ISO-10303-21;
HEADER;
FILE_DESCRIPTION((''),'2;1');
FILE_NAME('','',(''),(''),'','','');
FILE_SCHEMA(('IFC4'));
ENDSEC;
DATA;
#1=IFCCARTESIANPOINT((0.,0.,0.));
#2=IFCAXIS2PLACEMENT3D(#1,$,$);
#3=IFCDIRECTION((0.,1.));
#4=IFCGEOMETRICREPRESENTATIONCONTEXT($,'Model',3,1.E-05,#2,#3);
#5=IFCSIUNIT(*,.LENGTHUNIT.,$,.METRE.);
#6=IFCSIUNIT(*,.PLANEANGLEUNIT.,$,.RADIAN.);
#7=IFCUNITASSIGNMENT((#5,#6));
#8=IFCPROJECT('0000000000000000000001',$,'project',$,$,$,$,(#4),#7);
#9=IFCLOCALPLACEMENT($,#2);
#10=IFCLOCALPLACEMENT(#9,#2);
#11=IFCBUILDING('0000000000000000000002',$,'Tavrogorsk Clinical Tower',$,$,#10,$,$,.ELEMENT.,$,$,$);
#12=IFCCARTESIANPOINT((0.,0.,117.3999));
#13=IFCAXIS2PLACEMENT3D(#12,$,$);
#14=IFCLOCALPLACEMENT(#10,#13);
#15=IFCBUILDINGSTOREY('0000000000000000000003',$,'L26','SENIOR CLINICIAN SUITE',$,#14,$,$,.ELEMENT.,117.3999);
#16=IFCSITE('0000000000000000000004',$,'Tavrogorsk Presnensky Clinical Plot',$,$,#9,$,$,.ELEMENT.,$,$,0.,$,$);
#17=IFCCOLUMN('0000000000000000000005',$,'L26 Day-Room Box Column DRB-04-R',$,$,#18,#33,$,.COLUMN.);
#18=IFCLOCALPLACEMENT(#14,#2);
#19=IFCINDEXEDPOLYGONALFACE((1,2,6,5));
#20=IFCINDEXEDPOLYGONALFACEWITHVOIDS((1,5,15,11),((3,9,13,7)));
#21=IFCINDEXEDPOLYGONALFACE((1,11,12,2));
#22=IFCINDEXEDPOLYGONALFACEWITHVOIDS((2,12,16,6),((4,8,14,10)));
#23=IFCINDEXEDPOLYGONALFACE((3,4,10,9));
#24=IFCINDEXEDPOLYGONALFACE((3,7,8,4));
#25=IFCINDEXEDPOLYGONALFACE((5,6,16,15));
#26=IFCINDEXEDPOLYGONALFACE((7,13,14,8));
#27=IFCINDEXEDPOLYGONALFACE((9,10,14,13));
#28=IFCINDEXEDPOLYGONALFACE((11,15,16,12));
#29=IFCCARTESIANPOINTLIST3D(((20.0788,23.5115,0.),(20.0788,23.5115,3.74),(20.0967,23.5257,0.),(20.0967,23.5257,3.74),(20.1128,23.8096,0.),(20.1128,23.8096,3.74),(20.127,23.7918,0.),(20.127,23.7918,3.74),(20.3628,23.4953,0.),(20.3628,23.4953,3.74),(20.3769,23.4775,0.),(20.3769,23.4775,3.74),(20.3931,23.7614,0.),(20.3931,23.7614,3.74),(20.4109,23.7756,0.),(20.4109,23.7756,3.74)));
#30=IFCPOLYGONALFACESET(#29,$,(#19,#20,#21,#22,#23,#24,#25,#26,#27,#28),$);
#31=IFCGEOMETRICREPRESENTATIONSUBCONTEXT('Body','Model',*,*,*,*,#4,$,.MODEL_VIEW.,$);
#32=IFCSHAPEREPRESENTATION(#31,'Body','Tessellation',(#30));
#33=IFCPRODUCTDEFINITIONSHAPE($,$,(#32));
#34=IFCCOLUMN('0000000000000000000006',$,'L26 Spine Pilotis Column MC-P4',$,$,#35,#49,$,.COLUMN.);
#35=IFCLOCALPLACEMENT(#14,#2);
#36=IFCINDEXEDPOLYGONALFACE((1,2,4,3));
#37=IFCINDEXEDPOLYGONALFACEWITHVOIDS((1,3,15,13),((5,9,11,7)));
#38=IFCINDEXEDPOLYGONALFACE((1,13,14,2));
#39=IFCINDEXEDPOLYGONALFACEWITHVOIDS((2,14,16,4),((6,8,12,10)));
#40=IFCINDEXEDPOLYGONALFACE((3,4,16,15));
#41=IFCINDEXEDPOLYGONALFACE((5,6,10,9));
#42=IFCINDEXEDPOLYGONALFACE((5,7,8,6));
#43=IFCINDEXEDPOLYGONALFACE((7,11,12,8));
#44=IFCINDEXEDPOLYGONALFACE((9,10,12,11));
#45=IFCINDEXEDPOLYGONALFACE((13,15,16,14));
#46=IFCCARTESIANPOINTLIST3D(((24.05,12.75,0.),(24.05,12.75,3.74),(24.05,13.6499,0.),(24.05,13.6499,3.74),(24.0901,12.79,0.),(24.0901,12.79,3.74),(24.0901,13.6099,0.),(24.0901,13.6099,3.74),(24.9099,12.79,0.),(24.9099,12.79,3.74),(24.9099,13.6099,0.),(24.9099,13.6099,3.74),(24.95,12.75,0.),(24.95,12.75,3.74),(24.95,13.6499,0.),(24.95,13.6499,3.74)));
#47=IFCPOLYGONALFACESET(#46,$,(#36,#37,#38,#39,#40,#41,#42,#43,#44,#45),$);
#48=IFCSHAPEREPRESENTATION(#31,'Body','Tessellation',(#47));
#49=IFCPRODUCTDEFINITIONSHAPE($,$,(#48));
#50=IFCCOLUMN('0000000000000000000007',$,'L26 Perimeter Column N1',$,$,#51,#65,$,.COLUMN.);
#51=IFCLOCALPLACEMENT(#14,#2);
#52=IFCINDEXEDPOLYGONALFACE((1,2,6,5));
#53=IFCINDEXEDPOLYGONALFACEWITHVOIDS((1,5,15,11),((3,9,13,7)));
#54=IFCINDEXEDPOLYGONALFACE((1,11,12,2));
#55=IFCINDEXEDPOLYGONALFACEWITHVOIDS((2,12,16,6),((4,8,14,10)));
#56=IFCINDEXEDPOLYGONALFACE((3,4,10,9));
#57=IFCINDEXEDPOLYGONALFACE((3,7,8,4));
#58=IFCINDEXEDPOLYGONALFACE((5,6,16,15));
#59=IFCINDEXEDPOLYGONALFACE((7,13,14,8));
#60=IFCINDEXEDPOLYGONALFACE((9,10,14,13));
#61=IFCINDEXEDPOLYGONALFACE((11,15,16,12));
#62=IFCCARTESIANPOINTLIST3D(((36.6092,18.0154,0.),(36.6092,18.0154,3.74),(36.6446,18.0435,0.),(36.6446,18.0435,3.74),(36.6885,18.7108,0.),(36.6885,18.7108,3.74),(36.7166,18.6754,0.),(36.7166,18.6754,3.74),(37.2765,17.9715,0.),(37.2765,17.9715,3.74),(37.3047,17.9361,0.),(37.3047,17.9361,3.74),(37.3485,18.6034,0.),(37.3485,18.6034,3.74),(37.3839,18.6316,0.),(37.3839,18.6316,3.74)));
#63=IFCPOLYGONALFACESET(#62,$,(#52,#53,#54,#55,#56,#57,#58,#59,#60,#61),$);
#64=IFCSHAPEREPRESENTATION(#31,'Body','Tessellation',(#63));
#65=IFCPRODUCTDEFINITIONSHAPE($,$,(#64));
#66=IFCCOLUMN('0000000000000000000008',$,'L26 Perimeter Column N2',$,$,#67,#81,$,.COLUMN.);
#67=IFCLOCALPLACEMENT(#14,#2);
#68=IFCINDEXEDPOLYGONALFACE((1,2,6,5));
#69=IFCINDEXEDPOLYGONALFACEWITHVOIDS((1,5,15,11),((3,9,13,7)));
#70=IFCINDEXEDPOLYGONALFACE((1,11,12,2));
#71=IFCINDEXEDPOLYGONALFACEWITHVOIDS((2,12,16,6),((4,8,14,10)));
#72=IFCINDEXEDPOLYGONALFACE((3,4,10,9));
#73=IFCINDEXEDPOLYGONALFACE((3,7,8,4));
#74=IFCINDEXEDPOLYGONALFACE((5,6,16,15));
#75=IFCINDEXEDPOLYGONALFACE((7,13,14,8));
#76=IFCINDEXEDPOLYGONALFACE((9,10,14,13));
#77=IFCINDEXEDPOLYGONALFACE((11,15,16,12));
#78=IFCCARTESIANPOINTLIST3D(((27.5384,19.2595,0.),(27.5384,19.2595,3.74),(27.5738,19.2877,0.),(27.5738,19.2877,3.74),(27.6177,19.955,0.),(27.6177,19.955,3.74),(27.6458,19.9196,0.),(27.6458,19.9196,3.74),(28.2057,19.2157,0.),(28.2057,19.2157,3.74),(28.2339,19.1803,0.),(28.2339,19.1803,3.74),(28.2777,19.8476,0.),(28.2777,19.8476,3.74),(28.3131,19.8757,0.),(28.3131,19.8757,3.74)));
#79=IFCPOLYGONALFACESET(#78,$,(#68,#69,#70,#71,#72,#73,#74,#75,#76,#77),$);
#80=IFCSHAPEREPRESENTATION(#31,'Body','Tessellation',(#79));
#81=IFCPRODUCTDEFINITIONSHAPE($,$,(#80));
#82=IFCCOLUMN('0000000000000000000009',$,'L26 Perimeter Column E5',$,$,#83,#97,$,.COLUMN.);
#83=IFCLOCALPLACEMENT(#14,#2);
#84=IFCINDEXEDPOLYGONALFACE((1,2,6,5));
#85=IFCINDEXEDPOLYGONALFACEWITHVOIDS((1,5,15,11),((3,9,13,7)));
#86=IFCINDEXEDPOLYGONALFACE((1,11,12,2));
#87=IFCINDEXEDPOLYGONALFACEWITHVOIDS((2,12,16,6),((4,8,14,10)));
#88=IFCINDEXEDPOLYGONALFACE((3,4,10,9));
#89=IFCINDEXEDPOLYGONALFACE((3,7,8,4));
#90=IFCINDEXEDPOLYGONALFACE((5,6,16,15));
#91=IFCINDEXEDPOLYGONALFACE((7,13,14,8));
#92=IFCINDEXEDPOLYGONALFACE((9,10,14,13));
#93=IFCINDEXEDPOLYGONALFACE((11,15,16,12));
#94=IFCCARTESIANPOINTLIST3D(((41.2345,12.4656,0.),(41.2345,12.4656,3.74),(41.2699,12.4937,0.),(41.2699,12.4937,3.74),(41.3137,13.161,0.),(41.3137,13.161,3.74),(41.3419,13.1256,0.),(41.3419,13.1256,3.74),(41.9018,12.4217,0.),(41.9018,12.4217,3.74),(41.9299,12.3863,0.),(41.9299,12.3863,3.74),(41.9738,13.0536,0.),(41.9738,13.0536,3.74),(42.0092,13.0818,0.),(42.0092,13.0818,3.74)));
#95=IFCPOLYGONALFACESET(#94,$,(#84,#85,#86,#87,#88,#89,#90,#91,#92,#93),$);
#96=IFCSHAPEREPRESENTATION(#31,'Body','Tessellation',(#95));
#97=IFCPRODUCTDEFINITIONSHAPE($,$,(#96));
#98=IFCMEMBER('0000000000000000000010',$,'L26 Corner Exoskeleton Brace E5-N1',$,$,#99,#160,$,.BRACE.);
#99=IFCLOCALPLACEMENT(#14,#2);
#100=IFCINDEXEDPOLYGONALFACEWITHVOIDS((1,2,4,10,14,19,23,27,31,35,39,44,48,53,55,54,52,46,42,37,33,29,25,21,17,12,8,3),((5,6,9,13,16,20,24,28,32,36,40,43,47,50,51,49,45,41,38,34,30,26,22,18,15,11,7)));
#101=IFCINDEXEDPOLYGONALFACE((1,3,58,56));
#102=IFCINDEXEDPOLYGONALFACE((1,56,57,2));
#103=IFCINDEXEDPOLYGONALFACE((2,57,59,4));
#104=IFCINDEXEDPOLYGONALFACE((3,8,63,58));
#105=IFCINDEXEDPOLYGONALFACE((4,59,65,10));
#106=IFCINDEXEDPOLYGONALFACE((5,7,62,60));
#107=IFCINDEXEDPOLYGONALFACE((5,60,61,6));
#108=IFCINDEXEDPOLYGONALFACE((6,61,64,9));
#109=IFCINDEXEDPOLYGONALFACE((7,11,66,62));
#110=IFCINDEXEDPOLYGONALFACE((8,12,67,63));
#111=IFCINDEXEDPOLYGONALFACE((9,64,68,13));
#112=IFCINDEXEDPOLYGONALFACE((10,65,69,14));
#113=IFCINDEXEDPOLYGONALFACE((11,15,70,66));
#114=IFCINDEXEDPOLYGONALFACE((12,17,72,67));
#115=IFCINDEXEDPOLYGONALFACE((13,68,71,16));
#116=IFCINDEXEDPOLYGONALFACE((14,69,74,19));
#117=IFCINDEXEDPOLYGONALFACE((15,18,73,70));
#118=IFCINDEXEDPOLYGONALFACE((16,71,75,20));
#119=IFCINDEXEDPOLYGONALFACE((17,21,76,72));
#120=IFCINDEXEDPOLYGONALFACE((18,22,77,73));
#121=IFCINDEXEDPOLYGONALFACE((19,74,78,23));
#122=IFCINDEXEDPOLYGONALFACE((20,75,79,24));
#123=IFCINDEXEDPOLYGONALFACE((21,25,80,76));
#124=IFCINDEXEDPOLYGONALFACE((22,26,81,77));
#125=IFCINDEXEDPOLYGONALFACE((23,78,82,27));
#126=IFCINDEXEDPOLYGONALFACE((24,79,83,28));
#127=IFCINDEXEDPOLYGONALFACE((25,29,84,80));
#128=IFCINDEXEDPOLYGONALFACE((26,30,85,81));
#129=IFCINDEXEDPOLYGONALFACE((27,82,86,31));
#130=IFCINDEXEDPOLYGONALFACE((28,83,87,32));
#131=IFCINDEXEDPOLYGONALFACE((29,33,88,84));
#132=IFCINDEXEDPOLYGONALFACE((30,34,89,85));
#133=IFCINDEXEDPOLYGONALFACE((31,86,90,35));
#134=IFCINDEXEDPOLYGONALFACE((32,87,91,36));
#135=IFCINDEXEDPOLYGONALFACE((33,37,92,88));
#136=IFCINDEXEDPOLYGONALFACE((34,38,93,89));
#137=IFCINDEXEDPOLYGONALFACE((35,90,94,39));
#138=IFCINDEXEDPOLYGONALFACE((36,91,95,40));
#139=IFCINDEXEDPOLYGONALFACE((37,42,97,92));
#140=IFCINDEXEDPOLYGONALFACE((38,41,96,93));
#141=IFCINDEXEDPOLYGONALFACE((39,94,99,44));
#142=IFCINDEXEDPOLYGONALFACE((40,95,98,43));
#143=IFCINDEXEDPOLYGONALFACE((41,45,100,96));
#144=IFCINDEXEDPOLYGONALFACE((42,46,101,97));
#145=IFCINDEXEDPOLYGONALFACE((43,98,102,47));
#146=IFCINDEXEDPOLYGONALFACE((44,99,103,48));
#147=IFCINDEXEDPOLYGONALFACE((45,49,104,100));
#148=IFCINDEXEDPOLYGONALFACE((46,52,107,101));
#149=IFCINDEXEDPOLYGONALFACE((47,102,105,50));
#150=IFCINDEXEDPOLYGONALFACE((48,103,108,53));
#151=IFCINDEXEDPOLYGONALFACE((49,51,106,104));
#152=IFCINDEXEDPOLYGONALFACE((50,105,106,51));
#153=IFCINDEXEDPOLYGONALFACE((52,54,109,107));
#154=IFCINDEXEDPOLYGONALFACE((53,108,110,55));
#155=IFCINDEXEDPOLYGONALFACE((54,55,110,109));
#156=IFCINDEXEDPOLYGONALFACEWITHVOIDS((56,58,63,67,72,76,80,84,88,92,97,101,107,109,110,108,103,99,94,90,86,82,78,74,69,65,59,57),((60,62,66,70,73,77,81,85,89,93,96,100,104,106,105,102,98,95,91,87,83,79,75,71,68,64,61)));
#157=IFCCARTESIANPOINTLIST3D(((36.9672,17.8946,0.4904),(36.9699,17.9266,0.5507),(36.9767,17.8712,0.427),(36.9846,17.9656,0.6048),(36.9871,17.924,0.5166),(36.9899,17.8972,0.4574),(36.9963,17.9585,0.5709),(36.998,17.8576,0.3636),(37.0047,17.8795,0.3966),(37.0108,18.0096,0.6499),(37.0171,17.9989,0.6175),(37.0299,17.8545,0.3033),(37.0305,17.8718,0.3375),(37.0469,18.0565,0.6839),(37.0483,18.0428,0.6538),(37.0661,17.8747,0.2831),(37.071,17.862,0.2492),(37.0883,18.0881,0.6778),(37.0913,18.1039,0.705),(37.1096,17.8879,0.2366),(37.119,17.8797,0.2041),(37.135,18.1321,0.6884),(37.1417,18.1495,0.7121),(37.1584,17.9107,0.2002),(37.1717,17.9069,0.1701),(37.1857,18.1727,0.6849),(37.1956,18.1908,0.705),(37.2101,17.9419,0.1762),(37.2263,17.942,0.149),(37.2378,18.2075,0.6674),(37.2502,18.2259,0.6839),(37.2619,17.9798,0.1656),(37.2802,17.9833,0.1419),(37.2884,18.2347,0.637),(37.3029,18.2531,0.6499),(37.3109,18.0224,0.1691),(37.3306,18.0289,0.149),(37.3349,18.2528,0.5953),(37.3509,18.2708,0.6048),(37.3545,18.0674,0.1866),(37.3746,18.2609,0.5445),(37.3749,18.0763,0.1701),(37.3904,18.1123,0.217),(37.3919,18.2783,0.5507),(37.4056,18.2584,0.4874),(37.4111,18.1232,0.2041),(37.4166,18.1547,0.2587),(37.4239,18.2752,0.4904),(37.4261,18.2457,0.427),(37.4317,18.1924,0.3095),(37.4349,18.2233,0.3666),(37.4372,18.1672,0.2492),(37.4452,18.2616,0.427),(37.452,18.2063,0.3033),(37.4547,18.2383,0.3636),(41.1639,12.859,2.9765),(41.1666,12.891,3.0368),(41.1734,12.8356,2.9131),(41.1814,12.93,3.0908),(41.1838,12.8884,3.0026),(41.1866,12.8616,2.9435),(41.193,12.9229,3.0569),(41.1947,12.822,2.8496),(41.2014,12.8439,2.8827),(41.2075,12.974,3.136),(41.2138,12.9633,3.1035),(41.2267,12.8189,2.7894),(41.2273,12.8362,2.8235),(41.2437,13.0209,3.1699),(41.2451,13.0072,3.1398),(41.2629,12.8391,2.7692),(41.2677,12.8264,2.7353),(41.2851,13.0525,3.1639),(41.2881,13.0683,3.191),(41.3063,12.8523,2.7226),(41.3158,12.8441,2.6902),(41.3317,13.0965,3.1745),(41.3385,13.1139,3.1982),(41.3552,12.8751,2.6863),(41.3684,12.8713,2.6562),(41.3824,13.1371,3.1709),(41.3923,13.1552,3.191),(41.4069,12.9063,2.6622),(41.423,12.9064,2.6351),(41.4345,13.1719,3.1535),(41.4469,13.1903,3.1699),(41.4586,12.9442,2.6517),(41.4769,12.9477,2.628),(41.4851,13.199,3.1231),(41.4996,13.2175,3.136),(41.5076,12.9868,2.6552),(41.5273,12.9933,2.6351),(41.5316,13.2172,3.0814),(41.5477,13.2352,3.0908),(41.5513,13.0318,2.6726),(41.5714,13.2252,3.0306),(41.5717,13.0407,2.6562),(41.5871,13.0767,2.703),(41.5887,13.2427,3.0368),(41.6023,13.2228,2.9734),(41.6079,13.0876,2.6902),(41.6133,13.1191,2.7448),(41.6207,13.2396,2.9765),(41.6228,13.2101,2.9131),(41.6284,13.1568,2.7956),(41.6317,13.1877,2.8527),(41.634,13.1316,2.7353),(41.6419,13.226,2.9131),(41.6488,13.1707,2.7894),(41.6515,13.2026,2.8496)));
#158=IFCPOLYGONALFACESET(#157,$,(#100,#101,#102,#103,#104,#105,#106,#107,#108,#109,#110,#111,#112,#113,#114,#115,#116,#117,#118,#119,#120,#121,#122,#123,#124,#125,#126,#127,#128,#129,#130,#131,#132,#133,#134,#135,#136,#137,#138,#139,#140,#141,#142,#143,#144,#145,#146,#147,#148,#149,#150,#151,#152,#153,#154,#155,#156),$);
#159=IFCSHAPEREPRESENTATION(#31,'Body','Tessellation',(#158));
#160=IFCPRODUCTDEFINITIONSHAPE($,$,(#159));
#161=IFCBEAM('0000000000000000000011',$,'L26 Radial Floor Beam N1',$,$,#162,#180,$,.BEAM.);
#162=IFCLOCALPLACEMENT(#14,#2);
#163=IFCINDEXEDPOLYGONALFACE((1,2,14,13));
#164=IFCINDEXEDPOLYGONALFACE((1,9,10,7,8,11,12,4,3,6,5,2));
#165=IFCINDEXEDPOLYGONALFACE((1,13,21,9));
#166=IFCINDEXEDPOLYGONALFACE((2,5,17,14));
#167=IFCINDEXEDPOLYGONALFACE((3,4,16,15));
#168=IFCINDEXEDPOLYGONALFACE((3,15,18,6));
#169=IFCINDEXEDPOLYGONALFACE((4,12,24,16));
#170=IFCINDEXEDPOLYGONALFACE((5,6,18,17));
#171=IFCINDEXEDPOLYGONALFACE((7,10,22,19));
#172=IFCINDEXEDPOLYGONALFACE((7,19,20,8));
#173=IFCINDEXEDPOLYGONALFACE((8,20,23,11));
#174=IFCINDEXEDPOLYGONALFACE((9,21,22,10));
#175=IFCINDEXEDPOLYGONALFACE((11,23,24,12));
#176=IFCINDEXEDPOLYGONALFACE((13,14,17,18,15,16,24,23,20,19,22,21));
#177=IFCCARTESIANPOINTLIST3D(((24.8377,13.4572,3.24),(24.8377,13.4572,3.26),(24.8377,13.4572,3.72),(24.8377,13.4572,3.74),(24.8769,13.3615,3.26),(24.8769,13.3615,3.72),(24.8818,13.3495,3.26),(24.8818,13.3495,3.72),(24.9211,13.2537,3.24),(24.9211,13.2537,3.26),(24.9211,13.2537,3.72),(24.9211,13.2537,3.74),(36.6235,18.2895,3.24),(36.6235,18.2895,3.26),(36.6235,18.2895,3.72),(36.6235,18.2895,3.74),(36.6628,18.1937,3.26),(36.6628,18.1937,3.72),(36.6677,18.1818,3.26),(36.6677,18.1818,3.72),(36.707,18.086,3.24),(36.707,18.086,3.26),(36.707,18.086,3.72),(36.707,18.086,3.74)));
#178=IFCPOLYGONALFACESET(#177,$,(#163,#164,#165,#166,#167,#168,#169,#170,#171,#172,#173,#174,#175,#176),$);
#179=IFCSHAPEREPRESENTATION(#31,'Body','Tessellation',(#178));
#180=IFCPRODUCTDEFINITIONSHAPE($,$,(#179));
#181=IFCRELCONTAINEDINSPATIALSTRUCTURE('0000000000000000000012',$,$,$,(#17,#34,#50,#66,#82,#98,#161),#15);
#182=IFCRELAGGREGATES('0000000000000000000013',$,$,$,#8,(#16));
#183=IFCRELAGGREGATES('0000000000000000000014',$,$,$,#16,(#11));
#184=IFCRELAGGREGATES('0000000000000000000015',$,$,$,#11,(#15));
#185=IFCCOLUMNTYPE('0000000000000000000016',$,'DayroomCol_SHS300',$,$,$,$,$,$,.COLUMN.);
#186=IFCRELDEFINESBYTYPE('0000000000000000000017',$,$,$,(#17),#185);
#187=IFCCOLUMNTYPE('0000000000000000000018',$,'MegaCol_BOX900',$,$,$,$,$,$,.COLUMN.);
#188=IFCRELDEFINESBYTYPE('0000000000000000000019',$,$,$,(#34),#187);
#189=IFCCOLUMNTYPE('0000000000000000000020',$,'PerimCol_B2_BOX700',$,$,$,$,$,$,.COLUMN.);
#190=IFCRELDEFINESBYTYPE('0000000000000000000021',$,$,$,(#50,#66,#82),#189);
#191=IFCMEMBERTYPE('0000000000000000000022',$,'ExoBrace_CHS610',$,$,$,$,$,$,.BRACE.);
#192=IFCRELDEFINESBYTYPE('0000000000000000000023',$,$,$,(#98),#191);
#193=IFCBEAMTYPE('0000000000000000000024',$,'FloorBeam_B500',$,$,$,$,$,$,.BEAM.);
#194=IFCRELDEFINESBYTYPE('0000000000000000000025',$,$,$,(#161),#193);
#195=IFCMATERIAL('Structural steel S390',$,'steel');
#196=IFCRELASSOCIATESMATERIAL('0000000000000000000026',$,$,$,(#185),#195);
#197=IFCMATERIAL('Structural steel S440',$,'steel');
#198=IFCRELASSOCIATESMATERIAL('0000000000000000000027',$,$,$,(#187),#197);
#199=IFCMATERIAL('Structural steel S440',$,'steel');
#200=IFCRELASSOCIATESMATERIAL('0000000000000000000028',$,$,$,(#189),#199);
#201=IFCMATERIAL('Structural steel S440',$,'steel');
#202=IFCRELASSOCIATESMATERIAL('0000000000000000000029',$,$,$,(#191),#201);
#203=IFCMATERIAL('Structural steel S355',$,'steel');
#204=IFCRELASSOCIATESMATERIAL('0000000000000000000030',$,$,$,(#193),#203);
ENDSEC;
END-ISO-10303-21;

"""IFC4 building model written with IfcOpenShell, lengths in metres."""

from ifc_helpers import new_model, si_unit, direction, frame, origin, origin_2d, place, context, subcontext, project, spatial, hollow_rectangle, hollow_circle, i_section, extrude, material, material_profile, profile_set, type_object, element, save


model = new_model("IFC4")

# Units and contexts
model_context = context("Model", 3, precision=1e-05, world=origin(), true_north=direction((0.0, 1.0)))
body_context = subcontext(model_context, "Body", "Model", "MODEL_VIEW")
ifc_project = project(units=[si_unit("LENGTHUNIT", "METRE"), si_unit("PLANEANGLEUNIT", "RADIAN")], contexts=[model_context])

# Site, building, storey
site_placement = place(None, origin())
site = spatial("IfcSite", under=ifc_project, at=site_placement, Name="Tavrogorsk Presnensky Clinical Plot", CompositionType="ELEMENT", RefElevation=0.0)
building_placement = place(site_placement, origin())
building = spatial("IfcBuilding", under=site, at=building_placement, Name="Tavrogorsk Clinical Tower", CompositionType="ELEMENT")
storey_placement = place(building_placement, frame((0.0, 0.0, 117.3999)))
storey = spatial("IfcBuildingStorey", under=building, at=storey_placement, Name="L26", Description="SENIOR CLINICIAN SUITE", CompositionType="ELEMENT", Elevation=117.3999)

# Columns
ifc_material_1 = material(Name="Structural steel S390", Category="steel")
ifc_material_profile_1 = material_profile(ifc_material_1, hollow_rectangle(XDim=0.3, YDim=0.3, WallThickness=0.0161, at=origin_2d()), Name="SHS-300x300x16")
ifc_profile_set_1 = profile_set([ifc_material_profile_1], Name="Structural steel S390")
column_type_1 = type_object("IfcColumnType", Name="DayroomCol_SHS300", PredefinedType="COLUMN", material=ifc_profile_set_1)
column_1_placement = place(storey_placement, frame((20.2449, 23.6436, 0.0), z_axis=(0.0, 0.0, 1.0), x_axis=(0.993572, -0.113203, 0.0)))
element("IfcColumn", 1, at=column_1_placement, inside=storey, type_object=column_type_1, Name="L26 Day-Room Box Column DRB-04-R", PredefinedType="COLUMN", context=body_context, shape_type="SweptSolid", body=[
    extrude(hollow_rectangle(XDim=0.3, YDim=0.3, WallThickness=0.0161, at=origin_2d()), origin(), (0.0, 0.0, 1.0), 3.74),
])
ifc_material_2 = material(Name="Structural steel S440", Category="steel")
ifc_material_profile_2 = material_profile(ifc_material_2, hollow_rectangle(XDim=0.8999, YDim=0.8999, WallThickness=0.04, at=origin_2d()), Name="BOX-900x900x40")
ifc_profile_set_2 = profile_set([ifc_material_profile_2], Name="Structural steel S440")
column_type_2 = type_object("IfcColumnType", Name="MegaCol_BOX900", PredefinedType="COLUMN", material=ifc_profile_set_2)
column_2_placement = place(storey_placement, frame((24.5, 13.2, 0.0), z_axis=(0.0, 0.0, 1.0), x_axis=(1.0, 0.0, 0.0)))
element("IfcColumn", 2, at=column_2_placement, inside=storey, type_object=column_type_2, Name="L26 Spine Pilotis Column MC-P4", PredefinedType="COLUMN", context=body_context, shape_type="SweptSolid", body=[
    extrude(hollow_rectangle(XDim=0.8999, YDim=0.8999, WallThickness=0.04, at=origin_2d()), origin(), (0.0, 0.0, 1.0), 3.74),
])
ifc_material_3 = material(Name="Structural steel S440", Category="steel")
ifc_material_profile_3 = material_profile(ifc_material_3, hollow_rectangle(XDim=0.7, YDim=0.7, WallThickness=0.032, at=origin_2d()), Name="BOX-700x700x32")
ifc_profile_set_3 = profile_set([ifc_material_profile_3], Name="Structural steel S440")
column_type_3 = type_object("IfcColumnType", Name="PerimCol_B2_BOX700", PredefinedType="COLUMN", material=ifc_profile_set_3)
for number, where, z_axis, x_axis, name in (
    (3, (36.9966, 18.3235, 0.0), (0.0, 0.0, 1.0), (0.993572, -0.113203, 0.0), "L26 Perimeter Column N1"),
    (4, (27.9258, 19.5676, 0.0), (0.0, 0.0, 1.0), (0.993572, -0.113203, 0.0), "L26 Perimeter Column N2"),
    (5, (41.6218, 12.7737, 0.0), (0.0, 0.0, 1.0), (0.993572, -0.113203, 0.0), "L26 Perimeter Column E5"),
):
    element("IfcColumn", number, at=place(storey_placement, frame(where, z_axis=z_axis, x_axis=x_axis)), inside=storey, type_object=column_type_3, Name=name, PredefinedType="COLUMN", context=body_context, shape_type="SweptSolid", body=[
        extrude(hollow_rectangle(XDim=0.7, YDim=0.7, WallThickness=0.032, at=origin_2d()), origin(), (0.0, 0.0, 1.0), 3.74),
    ])

# Member
ifc_material_4 = material(Name="Structural steel S440", Category="steel")
ifc_material_profile_4 = material_profile(ifc_material_4, hollow_circle(Radius=0.3049, WallThickness=0.0249, at=origin_2d()), Name="CHS-610x25")
ifc_profile_set_4 = profile_set([ifc_material_profile_4], Name="Structural steel S440")
member_type_1 = type_object("IfcMemberType", Name="ExoBrace_CHS610", PredefinedType="BRACE", material=ifc_profile_set_4)
member_1_placement = place(storey_placement, frame((37.2109, 18.0664, 0.427), z_axis=(0.598616, -0.71827, 0.354608), x_axis=(0.768191, 0.640221, 0.0)))
element("IfcMember", 6, at=member_1_placement, inside=storey, type_object=member_type_1, Name="L26 Corner Exoskeleton Brace E5-N1", PredefinedType="BRACE", context=body_context, shape_type="SweptSolid", body=[
    extrude(hollow_circle(Radius=0.3049, WallThickness=0.0249, at=origin_2d()), origin(), (0.0, 0.0, 1.0), 7.0107),
])

# Beam
ifc_material_5 = material(Name="Structural steel S355", Category="steel")
ifc_material_profile_5 = material_profile(ifc_material_5, i_section(OverallWidth=0.22, OverallDepth=0.5, WebThickness=0.0129, FlangeThickness=0.02, at=origin_2d()), Name="B-500x220x13x20")
ifc_profile_set_5 = profile_set([ifc_material_profile_5], Name="Structural steel S355")
beam_type_1 = type_object("IfcBeamType", Name="FloorBeam_B500", PredefinedType="BEAM", material=ifc_profile_set_5)
beam_1_placement = place(storey_placement, frame((24.8794, 13.3555, 3.49), z_axis=(0.92525, 0.379357, 0.0), x_axis=(-0.379357, 0.92525, 0.0)))
element("IfcBeam", 7, at=beam_1_placement, inside=storey, type_object=beam_type_1, Name="L26 Radial Floor Beam N1", PredefinedType="BEAM", context=body_context, shape_type="SweptSolid", body=[
    extrude(i_section(OverallWidth=0.22, OverallDepth=0.5, WebThickness=0.0129, FlangeThickness=0.02, at=origin_2d()), origin(), (0.0, 0.0, 1.0), 12.738),
])

save(model, "model.ifc")
